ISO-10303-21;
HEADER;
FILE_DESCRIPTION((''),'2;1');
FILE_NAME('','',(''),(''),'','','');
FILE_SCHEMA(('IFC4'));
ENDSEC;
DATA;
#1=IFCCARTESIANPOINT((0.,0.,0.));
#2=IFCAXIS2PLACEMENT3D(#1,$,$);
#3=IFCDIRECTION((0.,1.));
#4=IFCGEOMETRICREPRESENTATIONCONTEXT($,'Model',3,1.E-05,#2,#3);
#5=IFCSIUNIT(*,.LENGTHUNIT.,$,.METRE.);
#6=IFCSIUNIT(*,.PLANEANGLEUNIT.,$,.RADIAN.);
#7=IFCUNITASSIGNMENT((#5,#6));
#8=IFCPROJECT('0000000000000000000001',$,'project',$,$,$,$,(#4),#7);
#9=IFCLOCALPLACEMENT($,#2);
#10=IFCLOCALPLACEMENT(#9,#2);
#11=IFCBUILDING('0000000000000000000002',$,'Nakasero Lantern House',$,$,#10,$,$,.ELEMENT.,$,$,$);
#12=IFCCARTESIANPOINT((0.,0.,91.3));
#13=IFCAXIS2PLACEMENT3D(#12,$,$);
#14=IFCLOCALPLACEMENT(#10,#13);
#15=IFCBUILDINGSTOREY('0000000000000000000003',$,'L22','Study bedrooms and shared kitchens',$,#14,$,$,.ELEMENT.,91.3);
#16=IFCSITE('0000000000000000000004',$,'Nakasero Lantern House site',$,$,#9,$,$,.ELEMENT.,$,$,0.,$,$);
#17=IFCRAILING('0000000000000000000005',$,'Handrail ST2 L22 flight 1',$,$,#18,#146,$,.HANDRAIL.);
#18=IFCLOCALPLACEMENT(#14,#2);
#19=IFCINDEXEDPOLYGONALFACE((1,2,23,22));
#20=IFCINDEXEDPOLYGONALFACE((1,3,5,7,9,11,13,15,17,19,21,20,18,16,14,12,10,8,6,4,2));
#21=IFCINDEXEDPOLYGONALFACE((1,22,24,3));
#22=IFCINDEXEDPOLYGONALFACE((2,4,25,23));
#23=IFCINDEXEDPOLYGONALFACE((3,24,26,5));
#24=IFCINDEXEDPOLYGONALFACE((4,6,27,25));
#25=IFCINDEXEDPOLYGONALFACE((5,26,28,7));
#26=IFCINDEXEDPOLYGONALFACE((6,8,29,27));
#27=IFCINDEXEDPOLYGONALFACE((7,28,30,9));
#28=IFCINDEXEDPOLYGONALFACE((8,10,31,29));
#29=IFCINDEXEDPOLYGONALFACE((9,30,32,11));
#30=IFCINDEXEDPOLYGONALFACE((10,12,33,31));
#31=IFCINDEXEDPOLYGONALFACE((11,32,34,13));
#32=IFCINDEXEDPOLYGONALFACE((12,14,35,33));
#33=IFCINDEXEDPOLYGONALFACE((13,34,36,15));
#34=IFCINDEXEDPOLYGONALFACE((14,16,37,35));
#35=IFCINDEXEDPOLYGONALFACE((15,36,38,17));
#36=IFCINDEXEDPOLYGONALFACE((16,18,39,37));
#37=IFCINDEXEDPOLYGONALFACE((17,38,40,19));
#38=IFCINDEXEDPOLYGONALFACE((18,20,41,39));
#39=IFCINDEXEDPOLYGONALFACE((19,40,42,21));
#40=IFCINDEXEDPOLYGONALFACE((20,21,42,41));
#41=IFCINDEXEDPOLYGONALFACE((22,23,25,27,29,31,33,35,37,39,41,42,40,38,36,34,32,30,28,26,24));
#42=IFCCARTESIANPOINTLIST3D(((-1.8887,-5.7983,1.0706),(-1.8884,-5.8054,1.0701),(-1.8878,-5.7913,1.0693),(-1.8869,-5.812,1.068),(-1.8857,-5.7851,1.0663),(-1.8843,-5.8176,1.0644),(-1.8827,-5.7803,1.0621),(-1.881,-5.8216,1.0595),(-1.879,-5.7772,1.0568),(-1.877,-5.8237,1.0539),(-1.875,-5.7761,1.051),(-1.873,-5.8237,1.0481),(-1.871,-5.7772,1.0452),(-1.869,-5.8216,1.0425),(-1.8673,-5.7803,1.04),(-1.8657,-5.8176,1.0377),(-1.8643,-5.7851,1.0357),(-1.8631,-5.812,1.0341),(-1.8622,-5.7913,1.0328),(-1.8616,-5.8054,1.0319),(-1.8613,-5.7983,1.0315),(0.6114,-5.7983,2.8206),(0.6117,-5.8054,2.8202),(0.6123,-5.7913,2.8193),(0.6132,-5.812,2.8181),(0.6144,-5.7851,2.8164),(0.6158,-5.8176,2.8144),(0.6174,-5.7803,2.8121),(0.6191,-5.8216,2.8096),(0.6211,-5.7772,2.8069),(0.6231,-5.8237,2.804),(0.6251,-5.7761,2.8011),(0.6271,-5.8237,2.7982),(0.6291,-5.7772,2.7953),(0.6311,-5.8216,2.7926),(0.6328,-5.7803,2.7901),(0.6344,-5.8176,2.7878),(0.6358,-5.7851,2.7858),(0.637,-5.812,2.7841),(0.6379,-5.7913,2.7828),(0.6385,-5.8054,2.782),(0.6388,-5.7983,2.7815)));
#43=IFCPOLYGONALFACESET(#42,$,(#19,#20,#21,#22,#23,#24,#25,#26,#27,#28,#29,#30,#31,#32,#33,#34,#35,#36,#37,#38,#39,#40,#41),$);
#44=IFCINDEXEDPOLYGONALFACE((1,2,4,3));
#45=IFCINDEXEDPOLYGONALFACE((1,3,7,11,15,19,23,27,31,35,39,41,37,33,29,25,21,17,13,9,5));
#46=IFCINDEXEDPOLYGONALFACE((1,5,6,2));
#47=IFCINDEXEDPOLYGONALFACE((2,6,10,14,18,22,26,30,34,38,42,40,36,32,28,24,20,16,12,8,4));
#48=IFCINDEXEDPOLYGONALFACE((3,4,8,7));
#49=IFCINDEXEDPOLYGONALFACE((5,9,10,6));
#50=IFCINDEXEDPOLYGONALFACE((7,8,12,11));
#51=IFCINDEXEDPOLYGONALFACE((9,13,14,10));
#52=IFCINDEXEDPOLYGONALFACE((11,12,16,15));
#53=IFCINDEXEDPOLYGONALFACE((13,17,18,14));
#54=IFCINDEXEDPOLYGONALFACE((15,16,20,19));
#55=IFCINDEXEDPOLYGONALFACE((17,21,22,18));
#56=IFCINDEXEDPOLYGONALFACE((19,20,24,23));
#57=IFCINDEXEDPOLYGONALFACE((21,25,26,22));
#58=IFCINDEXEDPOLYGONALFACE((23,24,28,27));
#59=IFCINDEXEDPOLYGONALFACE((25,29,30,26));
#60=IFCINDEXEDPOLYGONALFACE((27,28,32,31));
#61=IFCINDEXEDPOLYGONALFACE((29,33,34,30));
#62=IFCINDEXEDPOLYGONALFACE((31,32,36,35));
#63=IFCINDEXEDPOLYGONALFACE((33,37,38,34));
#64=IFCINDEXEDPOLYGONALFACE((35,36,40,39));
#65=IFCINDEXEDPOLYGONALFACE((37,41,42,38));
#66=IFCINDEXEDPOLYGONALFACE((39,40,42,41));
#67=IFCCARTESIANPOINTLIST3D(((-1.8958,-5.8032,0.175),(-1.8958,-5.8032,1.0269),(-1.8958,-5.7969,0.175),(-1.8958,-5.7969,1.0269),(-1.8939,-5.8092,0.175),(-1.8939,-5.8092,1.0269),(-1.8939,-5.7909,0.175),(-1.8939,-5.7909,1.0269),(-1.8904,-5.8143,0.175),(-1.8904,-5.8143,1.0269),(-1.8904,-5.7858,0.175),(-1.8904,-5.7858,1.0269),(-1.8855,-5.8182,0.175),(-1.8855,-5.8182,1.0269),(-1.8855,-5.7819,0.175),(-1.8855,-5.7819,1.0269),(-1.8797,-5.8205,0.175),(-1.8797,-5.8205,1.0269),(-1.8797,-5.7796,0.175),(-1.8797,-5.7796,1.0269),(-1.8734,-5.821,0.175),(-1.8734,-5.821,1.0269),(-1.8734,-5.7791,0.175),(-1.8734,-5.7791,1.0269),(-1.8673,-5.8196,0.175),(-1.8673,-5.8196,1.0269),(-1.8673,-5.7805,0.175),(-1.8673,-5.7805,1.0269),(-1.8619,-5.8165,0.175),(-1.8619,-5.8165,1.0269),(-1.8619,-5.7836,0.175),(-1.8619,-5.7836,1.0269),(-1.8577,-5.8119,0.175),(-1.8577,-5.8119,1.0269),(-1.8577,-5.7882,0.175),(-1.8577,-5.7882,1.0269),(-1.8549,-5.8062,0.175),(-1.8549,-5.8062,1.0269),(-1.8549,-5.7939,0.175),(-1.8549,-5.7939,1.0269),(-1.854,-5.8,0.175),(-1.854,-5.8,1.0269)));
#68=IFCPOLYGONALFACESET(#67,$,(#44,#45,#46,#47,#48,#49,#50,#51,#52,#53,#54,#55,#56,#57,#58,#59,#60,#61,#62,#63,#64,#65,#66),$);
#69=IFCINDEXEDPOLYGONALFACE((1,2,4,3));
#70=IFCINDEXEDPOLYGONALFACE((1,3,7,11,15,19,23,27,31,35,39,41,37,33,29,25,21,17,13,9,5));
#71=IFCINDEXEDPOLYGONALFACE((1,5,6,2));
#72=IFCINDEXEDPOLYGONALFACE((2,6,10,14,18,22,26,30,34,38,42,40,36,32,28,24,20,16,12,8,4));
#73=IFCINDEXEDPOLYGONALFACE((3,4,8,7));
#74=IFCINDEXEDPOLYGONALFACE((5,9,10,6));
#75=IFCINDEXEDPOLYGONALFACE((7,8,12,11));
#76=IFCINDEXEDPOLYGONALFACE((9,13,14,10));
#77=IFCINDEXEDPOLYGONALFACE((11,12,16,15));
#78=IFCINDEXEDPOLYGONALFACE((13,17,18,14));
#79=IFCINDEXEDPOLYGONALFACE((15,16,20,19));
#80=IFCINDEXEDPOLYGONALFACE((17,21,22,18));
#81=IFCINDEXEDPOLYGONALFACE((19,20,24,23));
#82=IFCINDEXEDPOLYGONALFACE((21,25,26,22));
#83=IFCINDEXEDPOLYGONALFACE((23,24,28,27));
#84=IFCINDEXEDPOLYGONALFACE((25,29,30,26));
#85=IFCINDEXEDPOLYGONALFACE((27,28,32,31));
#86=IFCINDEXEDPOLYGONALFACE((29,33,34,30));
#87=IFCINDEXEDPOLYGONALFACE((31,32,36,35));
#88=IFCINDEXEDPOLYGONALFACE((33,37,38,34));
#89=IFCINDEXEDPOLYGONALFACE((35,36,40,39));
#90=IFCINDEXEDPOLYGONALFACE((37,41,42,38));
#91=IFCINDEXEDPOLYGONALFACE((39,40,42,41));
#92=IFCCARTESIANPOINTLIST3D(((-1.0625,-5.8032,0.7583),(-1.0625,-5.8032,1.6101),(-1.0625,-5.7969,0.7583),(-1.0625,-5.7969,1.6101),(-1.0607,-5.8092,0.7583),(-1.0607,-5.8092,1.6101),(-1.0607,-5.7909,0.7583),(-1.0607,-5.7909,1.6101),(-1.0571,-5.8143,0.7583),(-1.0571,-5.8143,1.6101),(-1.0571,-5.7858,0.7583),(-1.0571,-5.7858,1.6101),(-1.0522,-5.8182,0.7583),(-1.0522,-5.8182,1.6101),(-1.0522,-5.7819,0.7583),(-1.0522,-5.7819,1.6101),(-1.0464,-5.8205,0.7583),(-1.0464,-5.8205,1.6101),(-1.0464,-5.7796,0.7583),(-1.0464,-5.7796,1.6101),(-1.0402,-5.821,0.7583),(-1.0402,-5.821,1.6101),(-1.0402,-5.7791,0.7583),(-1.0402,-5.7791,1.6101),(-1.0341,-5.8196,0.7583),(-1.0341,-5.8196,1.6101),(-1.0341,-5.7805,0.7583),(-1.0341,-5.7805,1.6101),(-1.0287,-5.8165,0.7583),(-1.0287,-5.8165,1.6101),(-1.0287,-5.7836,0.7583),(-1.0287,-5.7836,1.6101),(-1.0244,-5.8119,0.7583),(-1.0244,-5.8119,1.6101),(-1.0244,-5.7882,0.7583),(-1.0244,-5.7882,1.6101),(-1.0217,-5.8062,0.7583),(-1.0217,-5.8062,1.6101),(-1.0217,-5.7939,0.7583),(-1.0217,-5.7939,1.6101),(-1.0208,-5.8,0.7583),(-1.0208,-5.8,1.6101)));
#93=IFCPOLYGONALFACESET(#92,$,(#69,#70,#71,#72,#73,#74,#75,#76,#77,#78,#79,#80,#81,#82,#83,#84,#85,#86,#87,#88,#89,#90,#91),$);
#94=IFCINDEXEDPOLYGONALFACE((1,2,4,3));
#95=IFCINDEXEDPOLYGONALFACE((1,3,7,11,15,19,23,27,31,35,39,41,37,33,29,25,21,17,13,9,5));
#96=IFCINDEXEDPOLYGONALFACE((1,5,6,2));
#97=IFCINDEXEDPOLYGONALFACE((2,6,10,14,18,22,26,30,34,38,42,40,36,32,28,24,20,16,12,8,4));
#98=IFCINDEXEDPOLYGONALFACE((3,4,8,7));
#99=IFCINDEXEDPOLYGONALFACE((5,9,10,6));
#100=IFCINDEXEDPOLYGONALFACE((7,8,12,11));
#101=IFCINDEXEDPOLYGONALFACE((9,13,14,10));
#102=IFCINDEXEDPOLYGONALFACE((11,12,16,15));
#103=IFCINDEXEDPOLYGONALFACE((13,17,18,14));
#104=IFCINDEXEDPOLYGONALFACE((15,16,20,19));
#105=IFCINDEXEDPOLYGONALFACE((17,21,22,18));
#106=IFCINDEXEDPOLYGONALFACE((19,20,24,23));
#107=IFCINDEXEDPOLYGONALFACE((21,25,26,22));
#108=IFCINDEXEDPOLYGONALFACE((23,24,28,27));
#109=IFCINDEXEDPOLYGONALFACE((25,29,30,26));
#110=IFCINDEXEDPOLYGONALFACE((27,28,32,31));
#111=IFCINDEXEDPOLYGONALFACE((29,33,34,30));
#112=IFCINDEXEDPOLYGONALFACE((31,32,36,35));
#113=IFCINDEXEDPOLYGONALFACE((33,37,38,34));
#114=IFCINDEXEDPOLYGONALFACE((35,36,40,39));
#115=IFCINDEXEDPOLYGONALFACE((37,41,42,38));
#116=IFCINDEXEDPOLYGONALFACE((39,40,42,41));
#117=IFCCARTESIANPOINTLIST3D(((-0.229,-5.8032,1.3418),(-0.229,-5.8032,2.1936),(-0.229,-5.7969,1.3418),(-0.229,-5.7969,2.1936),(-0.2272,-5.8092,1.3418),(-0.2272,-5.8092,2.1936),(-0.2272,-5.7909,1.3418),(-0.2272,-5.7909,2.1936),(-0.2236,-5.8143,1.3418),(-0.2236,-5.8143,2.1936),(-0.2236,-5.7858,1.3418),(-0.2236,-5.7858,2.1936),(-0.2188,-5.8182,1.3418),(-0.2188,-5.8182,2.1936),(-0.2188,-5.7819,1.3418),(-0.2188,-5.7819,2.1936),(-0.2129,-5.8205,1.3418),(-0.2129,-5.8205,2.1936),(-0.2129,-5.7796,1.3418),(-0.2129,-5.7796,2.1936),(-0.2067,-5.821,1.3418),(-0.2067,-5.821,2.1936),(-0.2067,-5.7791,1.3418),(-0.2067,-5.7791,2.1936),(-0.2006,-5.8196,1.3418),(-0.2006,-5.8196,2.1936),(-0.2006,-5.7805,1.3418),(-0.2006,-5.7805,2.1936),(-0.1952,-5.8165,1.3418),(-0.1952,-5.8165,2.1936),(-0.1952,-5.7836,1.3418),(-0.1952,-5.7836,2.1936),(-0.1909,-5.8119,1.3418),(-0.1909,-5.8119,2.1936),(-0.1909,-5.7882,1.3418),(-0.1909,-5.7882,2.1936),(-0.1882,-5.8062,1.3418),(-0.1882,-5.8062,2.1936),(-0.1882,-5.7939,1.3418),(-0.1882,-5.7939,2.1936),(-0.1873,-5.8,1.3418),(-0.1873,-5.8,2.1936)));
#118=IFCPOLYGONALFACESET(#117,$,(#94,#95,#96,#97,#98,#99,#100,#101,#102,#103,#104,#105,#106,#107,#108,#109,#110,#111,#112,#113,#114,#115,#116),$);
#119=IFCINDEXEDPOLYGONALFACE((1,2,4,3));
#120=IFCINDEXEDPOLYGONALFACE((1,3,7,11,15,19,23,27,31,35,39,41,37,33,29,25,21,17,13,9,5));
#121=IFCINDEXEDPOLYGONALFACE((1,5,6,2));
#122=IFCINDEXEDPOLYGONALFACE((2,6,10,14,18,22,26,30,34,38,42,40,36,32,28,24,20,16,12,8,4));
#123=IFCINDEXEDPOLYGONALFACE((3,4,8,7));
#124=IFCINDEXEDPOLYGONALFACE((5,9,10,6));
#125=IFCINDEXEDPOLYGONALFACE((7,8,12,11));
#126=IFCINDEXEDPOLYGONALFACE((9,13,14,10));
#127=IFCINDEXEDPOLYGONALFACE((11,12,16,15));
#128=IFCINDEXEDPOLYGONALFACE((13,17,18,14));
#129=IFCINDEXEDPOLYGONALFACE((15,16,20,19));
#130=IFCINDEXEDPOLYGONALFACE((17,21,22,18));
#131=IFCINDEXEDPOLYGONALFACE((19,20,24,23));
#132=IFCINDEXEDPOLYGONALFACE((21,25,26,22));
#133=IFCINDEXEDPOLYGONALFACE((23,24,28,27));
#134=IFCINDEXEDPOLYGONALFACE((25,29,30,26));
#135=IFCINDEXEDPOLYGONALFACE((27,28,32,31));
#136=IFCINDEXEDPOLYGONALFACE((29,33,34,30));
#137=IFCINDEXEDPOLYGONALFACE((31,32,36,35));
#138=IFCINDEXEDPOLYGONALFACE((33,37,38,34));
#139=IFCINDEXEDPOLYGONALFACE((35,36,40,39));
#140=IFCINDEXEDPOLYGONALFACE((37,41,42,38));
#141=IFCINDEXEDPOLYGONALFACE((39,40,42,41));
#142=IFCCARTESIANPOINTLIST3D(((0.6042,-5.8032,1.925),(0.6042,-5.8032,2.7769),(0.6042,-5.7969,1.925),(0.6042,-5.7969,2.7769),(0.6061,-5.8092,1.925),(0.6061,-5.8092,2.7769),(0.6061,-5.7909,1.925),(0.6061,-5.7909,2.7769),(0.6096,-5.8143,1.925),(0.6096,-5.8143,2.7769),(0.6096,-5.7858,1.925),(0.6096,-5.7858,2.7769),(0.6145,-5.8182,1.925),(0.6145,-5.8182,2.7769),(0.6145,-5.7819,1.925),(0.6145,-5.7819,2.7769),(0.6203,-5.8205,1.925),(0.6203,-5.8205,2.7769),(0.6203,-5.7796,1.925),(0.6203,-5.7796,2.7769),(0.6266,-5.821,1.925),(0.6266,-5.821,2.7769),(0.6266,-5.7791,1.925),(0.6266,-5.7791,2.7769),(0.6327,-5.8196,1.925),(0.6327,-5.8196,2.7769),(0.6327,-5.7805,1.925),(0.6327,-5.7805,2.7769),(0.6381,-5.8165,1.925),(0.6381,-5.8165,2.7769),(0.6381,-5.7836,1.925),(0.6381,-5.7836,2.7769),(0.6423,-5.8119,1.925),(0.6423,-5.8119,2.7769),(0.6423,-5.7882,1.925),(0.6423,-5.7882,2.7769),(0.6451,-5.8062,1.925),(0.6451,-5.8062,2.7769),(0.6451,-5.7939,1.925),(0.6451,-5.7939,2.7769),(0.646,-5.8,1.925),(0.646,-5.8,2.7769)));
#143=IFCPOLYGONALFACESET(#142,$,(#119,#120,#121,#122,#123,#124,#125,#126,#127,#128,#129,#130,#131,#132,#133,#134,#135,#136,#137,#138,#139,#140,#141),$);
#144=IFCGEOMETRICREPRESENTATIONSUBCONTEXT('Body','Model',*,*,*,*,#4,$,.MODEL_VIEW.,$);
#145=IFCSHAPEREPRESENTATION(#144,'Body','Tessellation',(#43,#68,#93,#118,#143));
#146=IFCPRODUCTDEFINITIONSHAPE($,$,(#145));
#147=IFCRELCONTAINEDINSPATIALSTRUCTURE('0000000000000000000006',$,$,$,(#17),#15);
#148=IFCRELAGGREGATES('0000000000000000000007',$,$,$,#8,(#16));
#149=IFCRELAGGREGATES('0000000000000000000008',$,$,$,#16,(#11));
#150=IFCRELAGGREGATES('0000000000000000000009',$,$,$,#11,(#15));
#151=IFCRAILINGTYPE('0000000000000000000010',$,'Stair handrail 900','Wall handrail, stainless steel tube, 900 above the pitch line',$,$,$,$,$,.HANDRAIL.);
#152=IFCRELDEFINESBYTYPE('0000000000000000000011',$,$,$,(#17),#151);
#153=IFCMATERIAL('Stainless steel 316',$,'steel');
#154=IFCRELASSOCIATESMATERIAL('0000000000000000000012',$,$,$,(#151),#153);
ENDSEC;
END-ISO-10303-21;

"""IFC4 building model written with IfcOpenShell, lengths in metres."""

from ifc_helpers import new_model, si_unit, direction, frame, origin, origin_2d, place, context, subcontext, project, spatial, circle, extrude, material, type_object, element, save


model = new_model("IFC4")

# Units and contexts
model_context = context("Model", 3, precision=1e-05, world=origin(), true_north=direction((0.0, 1.0)))
body_context = subcontext(model_context, "Body", "Model", "MODEL_VIEW")
ifc_project = project(units=[si_unit("LENGTHUNIT", "METRE"), si_unit("PLANEANGLEUNIT", "RADIAN")], contexts=[model_context])

# Site, building, storey
site_placement = place(None, origin())
site = spatial("IfcSite", under=ifc_project, at=site_placement, Name="Nakasero Lantern House site", CompositionType="ELEMENT", RefElevation=0.0)
building_placement = place(site_placement, origin())
building = spatial("IfcBuilding", under=site, at=building_placement, Name="Nakasero Lantern House", CompositionType="ELEMENT")
storey_placement = place(building_placement, frame((0.0, 0.0, 91.3)))
storey = spatial("IfcBuildingStorey", under=building, at=storey_placement, Name="L22", Description="Study bedrooms and shared kitchens", CompositionType="ELEMENT", Elevation=91.3)

# Railing
ifc_material_1 = material(Name="Stainless steel 316", Category="steel")
railing_type = type_object("IfcRailingType", Name="Stair handrail 900", Description="Wall handrail, stainless steel tube, 900 above the pitch line", PredefinedType="HANDRAIL", material=ifc_material_1)
railing_placement = place(storey_placement, frame((-1.875, -5.8, 0.175)))
element("IfcRailing", 1, at=railing_placement, inside=storey, type_object=railing_type, Name="Handrail ST2 L22 flight 1", PredefinedType="HANDRAIL", context=body_context, shape_type="SweptSolid", body=[
    extrude(circle(Radius=0.0239, at=origin_2d()), frame((0.0, 0.0, 0.876), z_axis=(0.819232, 0.0, 0.573462), x_axis=(0.0, 1.0, 0.0)), (0.0, 0.0, 1.0), 3.0518),
    extrude(circle(Radius=0.021, at=origin_2d()), origin(), (0.0, 0.0, 1.0), 0.8518),
    extrude(circle(Radius=0.021, at=origin_2d()), frame((0.8333, 0.0, 0.5833)), (0.0, 0.0, 1.0), 0.8518),
    extrude(circle(Radius=0.021, at=origin_2d()), frame((1.6667, 0.0, 1.1667)), (0.0, 0.0, 1.0), 0.8518),
    extrude(circle(Radius=0.021, at=origin_2d()), frame((2.5, 0.0, 1.75)), (0.0, 0.0, 1.0), 0.8518),
])

save(model, "model.ifc")
